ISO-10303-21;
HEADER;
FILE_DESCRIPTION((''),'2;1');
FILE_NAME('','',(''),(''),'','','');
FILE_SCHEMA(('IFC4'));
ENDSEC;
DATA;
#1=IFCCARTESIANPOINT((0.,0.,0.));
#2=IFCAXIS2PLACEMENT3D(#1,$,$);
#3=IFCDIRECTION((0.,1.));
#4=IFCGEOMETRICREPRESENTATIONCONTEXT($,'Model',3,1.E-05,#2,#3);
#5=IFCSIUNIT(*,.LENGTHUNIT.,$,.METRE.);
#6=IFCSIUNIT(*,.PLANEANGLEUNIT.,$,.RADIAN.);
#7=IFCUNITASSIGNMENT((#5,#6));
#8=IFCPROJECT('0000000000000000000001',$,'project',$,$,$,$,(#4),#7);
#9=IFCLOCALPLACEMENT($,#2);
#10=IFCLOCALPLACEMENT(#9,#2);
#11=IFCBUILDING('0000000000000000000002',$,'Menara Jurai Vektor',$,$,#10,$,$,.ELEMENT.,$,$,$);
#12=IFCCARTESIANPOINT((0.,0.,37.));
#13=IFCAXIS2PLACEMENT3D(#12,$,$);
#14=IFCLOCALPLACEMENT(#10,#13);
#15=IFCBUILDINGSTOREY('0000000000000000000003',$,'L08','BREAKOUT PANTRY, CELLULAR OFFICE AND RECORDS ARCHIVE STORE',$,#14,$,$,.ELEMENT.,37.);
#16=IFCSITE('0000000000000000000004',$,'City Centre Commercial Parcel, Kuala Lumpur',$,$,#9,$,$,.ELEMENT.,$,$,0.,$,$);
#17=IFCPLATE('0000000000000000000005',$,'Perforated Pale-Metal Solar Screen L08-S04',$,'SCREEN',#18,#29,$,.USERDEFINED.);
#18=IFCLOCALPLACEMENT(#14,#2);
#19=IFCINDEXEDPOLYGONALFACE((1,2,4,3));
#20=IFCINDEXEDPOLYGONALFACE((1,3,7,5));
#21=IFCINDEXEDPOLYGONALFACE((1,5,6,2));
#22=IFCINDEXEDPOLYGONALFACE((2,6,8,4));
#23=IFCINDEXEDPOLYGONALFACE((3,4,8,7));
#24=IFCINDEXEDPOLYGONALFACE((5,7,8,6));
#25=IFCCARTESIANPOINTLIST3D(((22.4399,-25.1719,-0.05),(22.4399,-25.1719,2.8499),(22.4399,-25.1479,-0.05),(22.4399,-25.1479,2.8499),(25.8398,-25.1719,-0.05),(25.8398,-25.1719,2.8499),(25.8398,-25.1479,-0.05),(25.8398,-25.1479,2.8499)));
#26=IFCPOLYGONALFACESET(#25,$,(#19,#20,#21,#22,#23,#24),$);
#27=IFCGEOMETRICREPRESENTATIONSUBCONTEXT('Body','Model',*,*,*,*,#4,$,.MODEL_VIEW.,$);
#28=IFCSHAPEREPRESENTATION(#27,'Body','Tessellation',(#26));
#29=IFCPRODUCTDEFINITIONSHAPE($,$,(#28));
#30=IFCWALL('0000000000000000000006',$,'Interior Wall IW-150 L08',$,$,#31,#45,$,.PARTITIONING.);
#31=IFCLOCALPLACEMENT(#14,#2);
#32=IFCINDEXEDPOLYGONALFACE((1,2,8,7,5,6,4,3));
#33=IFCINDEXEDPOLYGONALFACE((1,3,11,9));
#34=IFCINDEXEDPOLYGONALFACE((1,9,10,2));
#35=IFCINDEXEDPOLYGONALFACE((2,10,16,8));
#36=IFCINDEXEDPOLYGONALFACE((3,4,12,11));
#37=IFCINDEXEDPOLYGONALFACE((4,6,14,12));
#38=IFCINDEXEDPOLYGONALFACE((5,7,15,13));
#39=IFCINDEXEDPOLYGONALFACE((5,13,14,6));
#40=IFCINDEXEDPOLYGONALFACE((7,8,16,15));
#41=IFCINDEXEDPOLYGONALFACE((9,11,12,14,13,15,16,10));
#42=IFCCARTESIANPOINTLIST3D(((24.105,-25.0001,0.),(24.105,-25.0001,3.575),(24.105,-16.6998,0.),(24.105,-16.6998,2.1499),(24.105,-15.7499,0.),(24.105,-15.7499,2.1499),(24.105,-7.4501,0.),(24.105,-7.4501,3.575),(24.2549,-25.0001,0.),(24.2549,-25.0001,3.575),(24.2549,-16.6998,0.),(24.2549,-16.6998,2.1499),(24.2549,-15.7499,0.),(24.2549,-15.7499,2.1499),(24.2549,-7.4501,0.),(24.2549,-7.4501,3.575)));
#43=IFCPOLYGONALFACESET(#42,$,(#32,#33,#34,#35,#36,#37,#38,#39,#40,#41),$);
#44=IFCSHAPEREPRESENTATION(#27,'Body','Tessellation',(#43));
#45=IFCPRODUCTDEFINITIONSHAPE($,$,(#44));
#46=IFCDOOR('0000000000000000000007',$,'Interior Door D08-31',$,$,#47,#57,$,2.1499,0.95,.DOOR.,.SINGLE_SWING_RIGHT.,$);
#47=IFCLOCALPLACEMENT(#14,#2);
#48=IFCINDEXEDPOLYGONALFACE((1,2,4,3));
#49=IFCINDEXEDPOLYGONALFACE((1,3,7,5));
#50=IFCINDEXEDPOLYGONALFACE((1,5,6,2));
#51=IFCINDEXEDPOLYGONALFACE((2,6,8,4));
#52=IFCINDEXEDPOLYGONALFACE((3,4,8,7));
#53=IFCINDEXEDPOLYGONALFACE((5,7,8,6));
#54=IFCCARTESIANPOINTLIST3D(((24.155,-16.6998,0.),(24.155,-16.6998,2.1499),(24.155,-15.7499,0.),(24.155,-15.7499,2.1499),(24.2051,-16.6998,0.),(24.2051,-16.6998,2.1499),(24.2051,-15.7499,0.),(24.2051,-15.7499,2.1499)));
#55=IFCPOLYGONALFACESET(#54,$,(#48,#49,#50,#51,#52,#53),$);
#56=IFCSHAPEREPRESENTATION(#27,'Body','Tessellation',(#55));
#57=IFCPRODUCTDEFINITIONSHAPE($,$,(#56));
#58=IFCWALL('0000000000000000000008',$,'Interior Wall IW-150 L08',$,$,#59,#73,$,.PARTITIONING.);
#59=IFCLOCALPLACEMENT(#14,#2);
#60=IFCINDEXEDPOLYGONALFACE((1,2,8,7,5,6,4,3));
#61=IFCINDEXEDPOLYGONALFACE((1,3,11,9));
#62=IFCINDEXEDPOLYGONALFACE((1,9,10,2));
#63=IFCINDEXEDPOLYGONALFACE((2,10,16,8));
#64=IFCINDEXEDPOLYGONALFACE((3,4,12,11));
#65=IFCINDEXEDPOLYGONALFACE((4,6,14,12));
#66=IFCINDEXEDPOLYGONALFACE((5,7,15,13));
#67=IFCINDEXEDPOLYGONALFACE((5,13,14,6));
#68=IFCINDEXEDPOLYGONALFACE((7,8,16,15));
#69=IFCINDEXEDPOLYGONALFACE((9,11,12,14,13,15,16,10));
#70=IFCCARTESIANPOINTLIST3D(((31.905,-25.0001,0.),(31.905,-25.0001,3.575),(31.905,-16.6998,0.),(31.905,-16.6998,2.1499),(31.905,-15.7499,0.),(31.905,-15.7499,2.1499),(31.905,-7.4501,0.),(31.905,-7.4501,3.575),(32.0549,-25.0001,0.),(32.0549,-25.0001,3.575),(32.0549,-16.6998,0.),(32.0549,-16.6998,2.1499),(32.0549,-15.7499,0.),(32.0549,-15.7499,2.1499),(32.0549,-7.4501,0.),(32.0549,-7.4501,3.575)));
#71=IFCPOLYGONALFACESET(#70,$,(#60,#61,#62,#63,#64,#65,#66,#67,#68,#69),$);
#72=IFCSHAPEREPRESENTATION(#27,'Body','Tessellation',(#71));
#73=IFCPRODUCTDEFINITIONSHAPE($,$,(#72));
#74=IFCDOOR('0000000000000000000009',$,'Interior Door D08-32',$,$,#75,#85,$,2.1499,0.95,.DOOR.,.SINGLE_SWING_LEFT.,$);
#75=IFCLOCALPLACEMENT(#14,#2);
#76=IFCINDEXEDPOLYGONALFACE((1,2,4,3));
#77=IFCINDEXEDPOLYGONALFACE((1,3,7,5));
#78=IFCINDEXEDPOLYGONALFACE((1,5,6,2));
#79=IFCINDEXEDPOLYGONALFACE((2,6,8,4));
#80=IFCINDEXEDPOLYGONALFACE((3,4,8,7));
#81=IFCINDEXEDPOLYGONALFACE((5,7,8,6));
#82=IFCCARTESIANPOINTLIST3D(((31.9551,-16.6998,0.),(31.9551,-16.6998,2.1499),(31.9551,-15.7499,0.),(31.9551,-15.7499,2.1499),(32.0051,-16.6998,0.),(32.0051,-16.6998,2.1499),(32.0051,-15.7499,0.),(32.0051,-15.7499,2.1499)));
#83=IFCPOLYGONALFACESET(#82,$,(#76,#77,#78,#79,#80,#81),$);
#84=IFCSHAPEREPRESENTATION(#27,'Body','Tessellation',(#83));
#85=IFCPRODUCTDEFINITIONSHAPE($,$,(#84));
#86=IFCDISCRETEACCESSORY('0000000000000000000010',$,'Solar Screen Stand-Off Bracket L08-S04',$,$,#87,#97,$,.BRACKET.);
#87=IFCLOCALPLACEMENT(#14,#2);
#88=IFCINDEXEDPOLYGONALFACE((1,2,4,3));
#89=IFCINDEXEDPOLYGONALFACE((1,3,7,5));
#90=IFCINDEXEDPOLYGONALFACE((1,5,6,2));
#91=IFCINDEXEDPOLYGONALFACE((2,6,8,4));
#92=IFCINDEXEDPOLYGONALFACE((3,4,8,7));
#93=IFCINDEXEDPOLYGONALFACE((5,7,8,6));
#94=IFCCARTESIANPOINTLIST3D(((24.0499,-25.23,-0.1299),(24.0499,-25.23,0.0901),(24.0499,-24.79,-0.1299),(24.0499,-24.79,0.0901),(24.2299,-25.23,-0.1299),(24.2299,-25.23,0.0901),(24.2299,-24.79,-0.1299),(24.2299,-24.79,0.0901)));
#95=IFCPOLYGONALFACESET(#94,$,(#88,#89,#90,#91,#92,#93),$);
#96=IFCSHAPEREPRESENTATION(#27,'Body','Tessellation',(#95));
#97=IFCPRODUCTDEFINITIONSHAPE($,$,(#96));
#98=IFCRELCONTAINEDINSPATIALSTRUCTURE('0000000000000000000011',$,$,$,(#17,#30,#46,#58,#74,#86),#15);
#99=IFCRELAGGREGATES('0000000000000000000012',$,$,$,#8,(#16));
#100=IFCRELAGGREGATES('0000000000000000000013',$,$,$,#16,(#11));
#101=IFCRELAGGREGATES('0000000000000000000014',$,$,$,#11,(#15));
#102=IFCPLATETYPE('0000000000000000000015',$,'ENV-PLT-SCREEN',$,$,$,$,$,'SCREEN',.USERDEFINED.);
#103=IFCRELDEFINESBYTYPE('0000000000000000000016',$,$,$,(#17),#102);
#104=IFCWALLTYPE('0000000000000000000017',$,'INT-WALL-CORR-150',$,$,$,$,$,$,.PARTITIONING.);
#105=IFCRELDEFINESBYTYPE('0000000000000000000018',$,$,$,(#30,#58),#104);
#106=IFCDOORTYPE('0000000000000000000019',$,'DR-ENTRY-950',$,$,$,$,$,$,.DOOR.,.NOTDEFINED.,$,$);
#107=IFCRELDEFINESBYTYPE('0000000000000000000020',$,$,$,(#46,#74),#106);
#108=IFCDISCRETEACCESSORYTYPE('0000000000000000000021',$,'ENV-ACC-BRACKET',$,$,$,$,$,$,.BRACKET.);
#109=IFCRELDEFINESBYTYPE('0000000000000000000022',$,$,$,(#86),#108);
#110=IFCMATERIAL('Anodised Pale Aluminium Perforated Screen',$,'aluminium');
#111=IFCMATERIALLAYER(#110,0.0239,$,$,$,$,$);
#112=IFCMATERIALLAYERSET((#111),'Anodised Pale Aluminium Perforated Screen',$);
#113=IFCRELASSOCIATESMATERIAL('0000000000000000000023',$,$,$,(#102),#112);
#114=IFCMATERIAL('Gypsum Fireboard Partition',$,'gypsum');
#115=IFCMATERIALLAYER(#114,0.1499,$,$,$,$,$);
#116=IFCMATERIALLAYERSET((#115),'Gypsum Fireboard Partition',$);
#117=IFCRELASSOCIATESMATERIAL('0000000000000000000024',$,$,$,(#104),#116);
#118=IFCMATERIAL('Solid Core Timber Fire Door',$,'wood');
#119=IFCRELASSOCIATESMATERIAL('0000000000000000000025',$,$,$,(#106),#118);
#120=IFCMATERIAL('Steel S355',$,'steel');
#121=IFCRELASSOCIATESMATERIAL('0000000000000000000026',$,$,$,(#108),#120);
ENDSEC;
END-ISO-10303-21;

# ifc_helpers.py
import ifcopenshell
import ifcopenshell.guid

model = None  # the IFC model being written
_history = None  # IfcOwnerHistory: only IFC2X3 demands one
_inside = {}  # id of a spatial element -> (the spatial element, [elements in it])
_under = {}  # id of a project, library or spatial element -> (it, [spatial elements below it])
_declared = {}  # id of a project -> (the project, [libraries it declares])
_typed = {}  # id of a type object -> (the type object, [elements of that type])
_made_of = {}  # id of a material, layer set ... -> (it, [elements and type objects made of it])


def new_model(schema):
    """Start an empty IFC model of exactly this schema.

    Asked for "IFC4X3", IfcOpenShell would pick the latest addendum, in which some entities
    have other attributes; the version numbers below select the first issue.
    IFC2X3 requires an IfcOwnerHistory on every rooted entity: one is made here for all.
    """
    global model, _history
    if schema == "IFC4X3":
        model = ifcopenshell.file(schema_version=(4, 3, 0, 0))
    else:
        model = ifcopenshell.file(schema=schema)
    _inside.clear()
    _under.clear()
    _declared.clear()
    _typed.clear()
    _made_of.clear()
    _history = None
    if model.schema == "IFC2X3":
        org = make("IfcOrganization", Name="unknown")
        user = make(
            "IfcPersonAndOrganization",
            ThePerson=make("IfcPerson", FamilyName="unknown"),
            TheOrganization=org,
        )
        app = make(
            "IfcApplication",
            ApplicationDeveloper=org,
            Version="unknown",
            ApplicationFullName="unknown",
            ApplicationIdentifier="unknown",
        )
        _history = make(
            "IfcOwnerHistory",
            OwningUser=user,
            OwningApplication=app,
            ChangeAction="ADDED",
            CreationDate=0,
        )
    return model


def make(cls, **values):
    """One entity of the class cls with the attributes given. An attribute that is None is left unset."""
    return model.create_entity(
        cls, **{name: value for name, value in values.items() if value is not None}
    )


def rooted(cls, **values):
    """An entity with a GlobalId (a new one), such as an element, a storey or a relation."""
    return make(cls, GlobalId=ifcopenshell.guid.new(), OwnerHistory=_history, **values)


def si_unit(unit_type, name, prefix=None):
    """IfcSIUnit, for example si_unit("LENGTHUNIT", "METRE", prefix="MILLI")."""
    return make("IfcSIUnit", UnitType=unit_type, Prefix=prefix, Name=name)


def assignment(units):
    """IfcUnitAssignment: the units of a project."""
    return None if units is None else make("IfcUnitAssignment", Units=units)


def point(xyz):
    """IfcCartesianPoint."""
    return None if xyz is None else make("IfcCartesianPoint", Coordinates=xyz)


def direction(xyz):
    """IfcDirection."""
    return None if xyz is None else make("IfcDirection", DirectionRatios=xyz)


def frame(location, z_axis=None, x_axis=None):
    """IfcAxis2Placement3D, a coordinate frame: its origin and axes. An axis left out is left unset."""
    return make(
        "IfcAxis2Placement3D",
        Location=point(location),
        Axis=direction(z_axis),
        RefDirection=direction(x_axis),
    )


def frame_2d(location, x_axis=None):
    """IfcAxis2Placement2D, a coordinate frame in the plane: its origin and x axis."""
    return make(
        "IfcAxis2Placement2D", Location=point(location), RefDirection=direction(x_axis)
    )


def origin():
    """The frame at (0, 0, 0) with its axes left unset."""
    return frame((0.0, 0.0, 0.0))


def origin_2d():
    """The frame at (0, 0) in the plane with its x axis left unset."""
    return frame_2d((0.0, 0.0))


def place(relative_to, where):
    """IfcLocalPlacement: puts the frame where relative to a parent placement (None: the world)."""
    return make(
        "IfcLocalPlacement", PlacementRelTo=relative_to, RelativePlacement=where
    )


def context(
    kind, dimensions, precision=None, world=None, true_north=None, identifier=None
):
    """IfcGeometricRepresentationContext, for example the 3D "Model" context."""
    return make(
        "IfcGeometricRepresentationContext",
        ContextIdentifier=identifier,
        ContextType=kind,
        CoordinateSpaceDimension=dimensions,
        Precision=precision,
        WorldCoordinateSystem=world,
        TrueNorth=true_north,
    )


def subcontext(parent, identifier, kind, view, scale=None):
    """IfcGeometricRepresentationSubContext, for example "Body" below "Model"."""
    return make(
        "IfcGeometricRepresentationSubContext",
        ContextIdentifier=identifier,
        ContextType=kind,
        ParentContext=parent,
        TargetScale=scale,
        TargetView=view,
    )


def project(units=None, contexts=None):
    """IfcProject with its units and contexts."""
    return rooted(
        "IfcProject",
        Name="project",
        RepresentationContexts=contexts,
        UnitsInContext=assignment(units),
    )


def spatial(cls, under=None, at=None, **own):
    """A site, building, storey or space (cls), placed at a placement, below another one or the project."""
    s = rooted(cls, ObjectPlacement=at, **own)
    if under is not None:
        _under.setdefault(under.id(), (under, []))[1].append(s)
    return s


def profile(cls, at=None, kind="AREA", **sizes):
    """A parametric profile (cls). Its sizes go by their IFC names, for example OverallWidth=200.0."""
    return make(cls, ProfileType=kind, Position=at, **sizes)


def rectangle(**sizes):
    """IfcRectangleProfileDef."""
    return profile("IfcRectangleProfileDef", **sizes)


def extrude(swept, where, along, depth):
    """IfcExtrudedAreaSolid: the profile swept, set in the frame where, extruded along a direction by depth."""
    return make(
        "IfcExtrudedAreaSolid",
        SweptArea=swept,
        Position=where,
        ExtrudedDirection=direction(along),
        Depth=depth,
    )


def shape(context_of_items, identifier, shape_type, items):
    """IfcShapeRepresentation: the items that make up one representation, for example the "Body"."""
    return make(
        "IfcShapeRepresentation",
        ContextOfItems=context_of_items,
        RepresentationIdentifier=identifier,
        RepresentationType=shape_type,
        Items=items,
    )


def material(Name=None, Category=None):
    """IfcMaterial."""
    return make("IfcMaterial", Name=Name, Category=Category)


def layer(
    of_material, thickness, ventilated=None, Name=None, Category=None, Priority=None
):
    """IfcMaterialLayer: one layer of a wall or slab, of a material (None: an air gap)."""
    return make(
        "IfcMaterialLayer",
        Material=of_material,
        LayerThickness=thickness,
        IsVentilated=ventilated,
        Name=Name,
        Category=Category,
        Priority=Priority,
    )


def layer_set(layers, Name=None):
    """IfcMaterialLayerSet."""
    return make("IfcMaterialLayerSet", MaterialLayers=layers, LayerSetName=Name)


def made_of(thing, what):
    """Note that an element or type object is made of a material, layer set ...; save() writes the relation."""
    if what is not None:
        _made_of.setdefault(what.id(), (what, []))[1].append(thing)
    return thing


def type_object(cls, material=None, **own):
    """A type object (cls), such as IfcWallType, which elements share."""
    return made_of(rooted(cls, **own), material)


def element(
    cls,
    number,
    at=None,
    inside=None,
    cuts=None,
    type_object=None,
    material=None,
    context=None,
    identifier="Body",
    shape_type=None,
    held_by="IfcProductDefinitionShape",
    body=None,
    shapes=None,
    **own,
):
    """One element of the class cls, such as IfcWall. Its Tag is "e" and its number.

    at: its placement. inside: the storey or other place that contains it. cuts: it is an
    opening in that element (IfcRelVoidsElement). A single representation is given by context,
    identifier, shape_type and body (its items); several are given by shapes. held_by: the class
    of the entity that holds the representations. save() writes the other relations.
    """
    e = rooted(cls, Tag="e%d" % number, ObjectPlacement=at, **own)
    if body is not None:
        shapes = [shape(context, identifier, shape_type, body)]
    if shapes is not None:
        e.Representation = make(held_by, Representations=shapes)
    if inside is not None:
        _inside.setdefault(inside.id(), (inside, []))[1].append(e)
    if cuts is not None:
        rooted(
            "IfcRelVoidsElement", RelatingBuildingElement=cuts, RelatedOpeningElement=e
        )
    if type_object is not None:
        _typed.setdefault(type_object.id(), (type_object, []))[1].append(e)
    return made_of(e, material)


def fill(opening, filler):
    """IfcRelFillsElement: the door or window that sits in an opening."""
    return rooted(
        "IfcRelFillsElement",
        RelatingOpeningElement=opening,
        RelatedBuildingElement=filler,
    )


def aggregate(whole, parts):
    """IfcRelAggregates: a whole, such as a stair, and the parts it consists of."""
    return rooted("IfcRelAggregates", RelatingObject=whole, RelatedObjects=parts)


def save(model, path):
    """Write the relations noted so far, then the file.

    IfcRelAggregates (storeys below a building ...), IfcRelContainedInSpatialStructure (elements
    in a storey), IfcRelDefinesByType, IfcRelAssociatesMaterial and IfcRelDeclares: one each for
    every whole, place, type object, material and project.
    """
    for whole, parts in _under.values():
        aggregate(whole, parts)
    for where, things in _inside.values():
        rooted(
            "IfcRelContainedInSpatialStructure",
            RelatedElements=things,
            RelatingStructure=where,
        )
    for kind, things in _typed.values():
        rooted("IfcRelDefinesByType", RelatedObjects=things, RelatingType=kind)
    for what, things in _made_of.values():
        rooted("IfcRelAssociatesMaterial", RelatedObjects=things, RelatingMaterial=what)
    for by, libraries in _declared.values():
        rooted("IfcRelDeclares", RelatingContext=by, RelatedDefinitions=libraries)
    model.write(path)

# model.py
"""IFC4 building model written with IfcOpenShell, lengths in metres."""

from ifc_helpers import new_model, si_unit, direction, frame, frame_2d, origin, origin_2d, place, context, subcontext, project, spatial, rectangle, extrude, material, layer, layer_set, type_object, element, fill, save


model = new_model("IFC4")

# Units and contexts
model_context = context("Model", 3, precision=1e-05, world=origin(), true_north=direction((0.0, 1.0)))
body_context = subcontext(model_context, "Body", "Model", "MODEL_VIEW")
ifc_project = project(units=[si_unit("LENGTHUNIT", "METRE"), si_unit("PLANEANGLEUNIT", "RADIAN")], contexts=[model_context])

# Site, building, storey
site_placement = place(None, origin())
site = spatial("IfcSite", under=ifc_project, at=site_placement, Name="City Centre Commercial Parcel, Kuala Lumpur", CompositionType="ELEMENT", RefElevation=0.0)
building_placement = place(site_placement, origin())
building = spatial("IfcBuilding", under=site, at=building_placement, Name="Menara Jurai Vektor", CompositionType="ELEMENT")
storey_placement = place(building_placement, frame((0.0, 0.0, 37.0)))
storey = spatial("IfcBuildingStorey", under=building, at=storey_placement, Name="L08", Description="BREAKOUT PANTRY, CELLULAR OFFICE AND RECORDS ARCHIVE STORE", CompositionType="ELEMENT", Elevation=37.0)

# Shared definitions
ifc_material_1 = material(Name="Steel S355", Category="steel")

# Plate
ifc_material_2 = material(Name="Anodised Pale Aluminium Perforated Screen", Category="aluminium")
ifc_layer_1 = layer(ifc_material_2, 0.0239)
ifc_layer_set_1 = layer_set([ifc_layer_1], Name="Anodised Pale Aluminium Perforated Screen")
plate_type_1 = type_object("IfcPlateType", Name="ENV-PLT-SCREEN", ElementType="SCREEN", PredefinedType="USERDEFINED", material=ifc_layer_set_1)
plate_1_placement = place(storey_placement, frame((24.1399, -25.1599, -0.05), z_axis=(0.0, 0.0, 1.0), x_axis=(1.0, 0.0, 0.0)))
element("IfcPlate", 1, at=plate_1_placement, inside=storey, type_object=plate_type_1, Name="Perforated Pale-Metal Solar Screen L08-S04", ObjectType="SCREEN", PredefinedType="USERDEFINED", context=body_context, shape_type="SweptSolid", body=[
    extrude(rectangle(XDim=3.3999, YDim=0.0239, at=origin_2d()), origin(), (0.0, 0.0, 1.0), 2.8999),
])

# Walls, openings, doors
ifc_material_3 = material(Name="Gypsum Fireboard Partition", Category="gypsum")
ifc_layer_2 = layer(ifc_material_3, 0.1499)
ifc_layer_set_2 = layer_set([ifc_layer_2], Name="Gypsum Fireboard Partition")
wall_type = type_object("IfcWallType", Name="INT-WALL-CORR-150", PredefinedType="PARTITIONING", material=ifc_layer_set_2)
wall_1_placement = place(storey_placement, frame((24.1799, -25.0, 0.0), z_axis=(0.0, 0.0, 1.0), x_axis=(0.0, 1.0, 0.0)))
wall_1 = element("IfcWall", 2, at=wall_1_placement, inside=storey, type_object=wall_type, Name="Interior Wall IW-150 L08", PredefinedType="PARTITIONING", context=body_context, shape_type="SweptSolid", body=[
    extrude(rectangle(XDim=17.55, YDim=0.1499, at=frame_2d((8.7749, 0.0))), origin(), (0.0, 0.0, 1.0), 3.575),
])
opening_1_placement = place(wall_1_placement, frame((8.3, 0.0, 0.0)))
opening_1 = element("IfcOpeningElement", 3, at=opening_1_placement, cuts=wall_1, PredefinedType="OPENING", context=body_context, shape_type="SweptSolid", body=[
    extrude(rectangle(XDim=0.95, YDim=2.1499, at=frame_2d((0.4751, 1.075))), frame((0.0, 0.085, 0.0), z_axis=(0.0, -1.0, 0.0), x_axis=(1.0, 0.0, 0.0)), (0.0, 0.0, 1.0), 0.1699),
])
ifc_material_4 = material(Name="Solid Core Timber Fire Door", Category="wood")
door_type = type_object("IfcDoorType", Name="DR-ENTRY-950", OperationType="NOTDEFINED", PredefinedType="DOOR", material=ifc_material_4)
door_1_placement = place(opening_1_placement, origin())
door_1 = element("IfcDoor", 4, at=door_1_placement, inside=storey, type_object=door_type, Name="Interior Door D08-31", OperationType="SINGLE_SWING_RIGHT", OverallHeight=2.1499, OverallWidth=0.95, PredefinedType="DOOR", context=body_context, shape_type="SweptSolid", body=[
    extrude(rectangle(XDim=0.95, YDim=2.1499, at=frame_2d((0.4751, 1.075))), frame((0.0, 0.0249, 0.0), z_axis=(0.0, -1.0, 0.0), x_axis=(1.0, 0.0, 0.0)), (0.0, 0.0, 1.0), 0.05),
])
fill(opening_1, door_1)
wall_2_placement = place(storey_placement, frame((31.98, -25.0, 0.0), z_axis=(0.0, 0.0, 1.0), x_axis=(0.0, 1.0, 0.0)))
wall_2 = element("IfcWall", 5, at=wall_2_placement, inside=storey, type_object=wall_type, Name="Interior Wall IW-150 L08", PredefinedType="PARTITIONING", context=body_context, shape_type="SweptSolid", body=[
    extrude(rectangle(XDim=17.55, YDim=0.1499, at=frame_2d((8.7749, 0.0))), origin(), (0.0, 0.0, 1.0), 3.575),
])
opening_2_placement = place(wall_2_placement, frame((8.3, 0.0, 0.0)))
opening_2 = element("IfcOpeningElement", 6, at=opening_2_placement, cuts=wall_2, PredefinedType="OPENING", context=body_context, shape_type="SweptSolid", body=[
    extrude(rectangle(XDim=0.95, YDim=2.1499, at=frame_2d((0.4751, 1.075))), frame((0.0, 0.085, 0.0), z_axis=(0.0, -1.0, 0.0), x_axis=(1.0, 0.0, 0.0)), (0.0, 0.0, 1.0), 0.1699),
])
door_2_placement = place(opening_2_placement, origin())
door_2 = element("IfcDoor", 7, at=door_2_placement, inside=storey, type_object=door_type, Name="Interior Door D08-32", OperationType="SINGLE_SWING_LEFT", OverallHeight=2.1499, OverallWidth=0.95, PredefinedType="DOOR", context=body_context, shape_type="SweptSolid", body=[
    extrude(rectangle(XDim=0.95, YDim=2.1499, at=frame_2d((0.4751, 1.075))), frame((0.0, 0.0249, 0.0), z_axis=(0.0, -1.0, 0.0), x_axis=(1.0, 0.0, 0.0)), (0.0, 0.0, 1.0), 0.05),
])
fill(opening_2, door_2)

# Discrete accessory
discrete_accessory_type = type_object("IfcDiscreteAccessoryType", Name="ENV-ACC-BRACKET", PredefinedType="BRACKET", material=ifc_material_1)
discrete_accessory_placement = place(storey_placement, frame((24.1399, -25.01, -0.1299), z_axis=(0.0, 0.0, 1.0), x_axis=(1.0, 0.0, 0.0)))
element("IfcDiscreteAccessory", 8, at=discrete_accessory_placement, inside=storey, type_object=discrete_accessory_type, Name="Solar Screen Stand-Off Bracket L08-S04", PredefinedType="BRACKET", context=body_context, shape_type="SweptSolid", body=[
    extrude(rectangle(XDim=0.1799, YDim=0.4399, at=origin_2d()), origin(), (0.0, 0.0, 1.0), 0.22),
])

save(model, "model.ifc")
